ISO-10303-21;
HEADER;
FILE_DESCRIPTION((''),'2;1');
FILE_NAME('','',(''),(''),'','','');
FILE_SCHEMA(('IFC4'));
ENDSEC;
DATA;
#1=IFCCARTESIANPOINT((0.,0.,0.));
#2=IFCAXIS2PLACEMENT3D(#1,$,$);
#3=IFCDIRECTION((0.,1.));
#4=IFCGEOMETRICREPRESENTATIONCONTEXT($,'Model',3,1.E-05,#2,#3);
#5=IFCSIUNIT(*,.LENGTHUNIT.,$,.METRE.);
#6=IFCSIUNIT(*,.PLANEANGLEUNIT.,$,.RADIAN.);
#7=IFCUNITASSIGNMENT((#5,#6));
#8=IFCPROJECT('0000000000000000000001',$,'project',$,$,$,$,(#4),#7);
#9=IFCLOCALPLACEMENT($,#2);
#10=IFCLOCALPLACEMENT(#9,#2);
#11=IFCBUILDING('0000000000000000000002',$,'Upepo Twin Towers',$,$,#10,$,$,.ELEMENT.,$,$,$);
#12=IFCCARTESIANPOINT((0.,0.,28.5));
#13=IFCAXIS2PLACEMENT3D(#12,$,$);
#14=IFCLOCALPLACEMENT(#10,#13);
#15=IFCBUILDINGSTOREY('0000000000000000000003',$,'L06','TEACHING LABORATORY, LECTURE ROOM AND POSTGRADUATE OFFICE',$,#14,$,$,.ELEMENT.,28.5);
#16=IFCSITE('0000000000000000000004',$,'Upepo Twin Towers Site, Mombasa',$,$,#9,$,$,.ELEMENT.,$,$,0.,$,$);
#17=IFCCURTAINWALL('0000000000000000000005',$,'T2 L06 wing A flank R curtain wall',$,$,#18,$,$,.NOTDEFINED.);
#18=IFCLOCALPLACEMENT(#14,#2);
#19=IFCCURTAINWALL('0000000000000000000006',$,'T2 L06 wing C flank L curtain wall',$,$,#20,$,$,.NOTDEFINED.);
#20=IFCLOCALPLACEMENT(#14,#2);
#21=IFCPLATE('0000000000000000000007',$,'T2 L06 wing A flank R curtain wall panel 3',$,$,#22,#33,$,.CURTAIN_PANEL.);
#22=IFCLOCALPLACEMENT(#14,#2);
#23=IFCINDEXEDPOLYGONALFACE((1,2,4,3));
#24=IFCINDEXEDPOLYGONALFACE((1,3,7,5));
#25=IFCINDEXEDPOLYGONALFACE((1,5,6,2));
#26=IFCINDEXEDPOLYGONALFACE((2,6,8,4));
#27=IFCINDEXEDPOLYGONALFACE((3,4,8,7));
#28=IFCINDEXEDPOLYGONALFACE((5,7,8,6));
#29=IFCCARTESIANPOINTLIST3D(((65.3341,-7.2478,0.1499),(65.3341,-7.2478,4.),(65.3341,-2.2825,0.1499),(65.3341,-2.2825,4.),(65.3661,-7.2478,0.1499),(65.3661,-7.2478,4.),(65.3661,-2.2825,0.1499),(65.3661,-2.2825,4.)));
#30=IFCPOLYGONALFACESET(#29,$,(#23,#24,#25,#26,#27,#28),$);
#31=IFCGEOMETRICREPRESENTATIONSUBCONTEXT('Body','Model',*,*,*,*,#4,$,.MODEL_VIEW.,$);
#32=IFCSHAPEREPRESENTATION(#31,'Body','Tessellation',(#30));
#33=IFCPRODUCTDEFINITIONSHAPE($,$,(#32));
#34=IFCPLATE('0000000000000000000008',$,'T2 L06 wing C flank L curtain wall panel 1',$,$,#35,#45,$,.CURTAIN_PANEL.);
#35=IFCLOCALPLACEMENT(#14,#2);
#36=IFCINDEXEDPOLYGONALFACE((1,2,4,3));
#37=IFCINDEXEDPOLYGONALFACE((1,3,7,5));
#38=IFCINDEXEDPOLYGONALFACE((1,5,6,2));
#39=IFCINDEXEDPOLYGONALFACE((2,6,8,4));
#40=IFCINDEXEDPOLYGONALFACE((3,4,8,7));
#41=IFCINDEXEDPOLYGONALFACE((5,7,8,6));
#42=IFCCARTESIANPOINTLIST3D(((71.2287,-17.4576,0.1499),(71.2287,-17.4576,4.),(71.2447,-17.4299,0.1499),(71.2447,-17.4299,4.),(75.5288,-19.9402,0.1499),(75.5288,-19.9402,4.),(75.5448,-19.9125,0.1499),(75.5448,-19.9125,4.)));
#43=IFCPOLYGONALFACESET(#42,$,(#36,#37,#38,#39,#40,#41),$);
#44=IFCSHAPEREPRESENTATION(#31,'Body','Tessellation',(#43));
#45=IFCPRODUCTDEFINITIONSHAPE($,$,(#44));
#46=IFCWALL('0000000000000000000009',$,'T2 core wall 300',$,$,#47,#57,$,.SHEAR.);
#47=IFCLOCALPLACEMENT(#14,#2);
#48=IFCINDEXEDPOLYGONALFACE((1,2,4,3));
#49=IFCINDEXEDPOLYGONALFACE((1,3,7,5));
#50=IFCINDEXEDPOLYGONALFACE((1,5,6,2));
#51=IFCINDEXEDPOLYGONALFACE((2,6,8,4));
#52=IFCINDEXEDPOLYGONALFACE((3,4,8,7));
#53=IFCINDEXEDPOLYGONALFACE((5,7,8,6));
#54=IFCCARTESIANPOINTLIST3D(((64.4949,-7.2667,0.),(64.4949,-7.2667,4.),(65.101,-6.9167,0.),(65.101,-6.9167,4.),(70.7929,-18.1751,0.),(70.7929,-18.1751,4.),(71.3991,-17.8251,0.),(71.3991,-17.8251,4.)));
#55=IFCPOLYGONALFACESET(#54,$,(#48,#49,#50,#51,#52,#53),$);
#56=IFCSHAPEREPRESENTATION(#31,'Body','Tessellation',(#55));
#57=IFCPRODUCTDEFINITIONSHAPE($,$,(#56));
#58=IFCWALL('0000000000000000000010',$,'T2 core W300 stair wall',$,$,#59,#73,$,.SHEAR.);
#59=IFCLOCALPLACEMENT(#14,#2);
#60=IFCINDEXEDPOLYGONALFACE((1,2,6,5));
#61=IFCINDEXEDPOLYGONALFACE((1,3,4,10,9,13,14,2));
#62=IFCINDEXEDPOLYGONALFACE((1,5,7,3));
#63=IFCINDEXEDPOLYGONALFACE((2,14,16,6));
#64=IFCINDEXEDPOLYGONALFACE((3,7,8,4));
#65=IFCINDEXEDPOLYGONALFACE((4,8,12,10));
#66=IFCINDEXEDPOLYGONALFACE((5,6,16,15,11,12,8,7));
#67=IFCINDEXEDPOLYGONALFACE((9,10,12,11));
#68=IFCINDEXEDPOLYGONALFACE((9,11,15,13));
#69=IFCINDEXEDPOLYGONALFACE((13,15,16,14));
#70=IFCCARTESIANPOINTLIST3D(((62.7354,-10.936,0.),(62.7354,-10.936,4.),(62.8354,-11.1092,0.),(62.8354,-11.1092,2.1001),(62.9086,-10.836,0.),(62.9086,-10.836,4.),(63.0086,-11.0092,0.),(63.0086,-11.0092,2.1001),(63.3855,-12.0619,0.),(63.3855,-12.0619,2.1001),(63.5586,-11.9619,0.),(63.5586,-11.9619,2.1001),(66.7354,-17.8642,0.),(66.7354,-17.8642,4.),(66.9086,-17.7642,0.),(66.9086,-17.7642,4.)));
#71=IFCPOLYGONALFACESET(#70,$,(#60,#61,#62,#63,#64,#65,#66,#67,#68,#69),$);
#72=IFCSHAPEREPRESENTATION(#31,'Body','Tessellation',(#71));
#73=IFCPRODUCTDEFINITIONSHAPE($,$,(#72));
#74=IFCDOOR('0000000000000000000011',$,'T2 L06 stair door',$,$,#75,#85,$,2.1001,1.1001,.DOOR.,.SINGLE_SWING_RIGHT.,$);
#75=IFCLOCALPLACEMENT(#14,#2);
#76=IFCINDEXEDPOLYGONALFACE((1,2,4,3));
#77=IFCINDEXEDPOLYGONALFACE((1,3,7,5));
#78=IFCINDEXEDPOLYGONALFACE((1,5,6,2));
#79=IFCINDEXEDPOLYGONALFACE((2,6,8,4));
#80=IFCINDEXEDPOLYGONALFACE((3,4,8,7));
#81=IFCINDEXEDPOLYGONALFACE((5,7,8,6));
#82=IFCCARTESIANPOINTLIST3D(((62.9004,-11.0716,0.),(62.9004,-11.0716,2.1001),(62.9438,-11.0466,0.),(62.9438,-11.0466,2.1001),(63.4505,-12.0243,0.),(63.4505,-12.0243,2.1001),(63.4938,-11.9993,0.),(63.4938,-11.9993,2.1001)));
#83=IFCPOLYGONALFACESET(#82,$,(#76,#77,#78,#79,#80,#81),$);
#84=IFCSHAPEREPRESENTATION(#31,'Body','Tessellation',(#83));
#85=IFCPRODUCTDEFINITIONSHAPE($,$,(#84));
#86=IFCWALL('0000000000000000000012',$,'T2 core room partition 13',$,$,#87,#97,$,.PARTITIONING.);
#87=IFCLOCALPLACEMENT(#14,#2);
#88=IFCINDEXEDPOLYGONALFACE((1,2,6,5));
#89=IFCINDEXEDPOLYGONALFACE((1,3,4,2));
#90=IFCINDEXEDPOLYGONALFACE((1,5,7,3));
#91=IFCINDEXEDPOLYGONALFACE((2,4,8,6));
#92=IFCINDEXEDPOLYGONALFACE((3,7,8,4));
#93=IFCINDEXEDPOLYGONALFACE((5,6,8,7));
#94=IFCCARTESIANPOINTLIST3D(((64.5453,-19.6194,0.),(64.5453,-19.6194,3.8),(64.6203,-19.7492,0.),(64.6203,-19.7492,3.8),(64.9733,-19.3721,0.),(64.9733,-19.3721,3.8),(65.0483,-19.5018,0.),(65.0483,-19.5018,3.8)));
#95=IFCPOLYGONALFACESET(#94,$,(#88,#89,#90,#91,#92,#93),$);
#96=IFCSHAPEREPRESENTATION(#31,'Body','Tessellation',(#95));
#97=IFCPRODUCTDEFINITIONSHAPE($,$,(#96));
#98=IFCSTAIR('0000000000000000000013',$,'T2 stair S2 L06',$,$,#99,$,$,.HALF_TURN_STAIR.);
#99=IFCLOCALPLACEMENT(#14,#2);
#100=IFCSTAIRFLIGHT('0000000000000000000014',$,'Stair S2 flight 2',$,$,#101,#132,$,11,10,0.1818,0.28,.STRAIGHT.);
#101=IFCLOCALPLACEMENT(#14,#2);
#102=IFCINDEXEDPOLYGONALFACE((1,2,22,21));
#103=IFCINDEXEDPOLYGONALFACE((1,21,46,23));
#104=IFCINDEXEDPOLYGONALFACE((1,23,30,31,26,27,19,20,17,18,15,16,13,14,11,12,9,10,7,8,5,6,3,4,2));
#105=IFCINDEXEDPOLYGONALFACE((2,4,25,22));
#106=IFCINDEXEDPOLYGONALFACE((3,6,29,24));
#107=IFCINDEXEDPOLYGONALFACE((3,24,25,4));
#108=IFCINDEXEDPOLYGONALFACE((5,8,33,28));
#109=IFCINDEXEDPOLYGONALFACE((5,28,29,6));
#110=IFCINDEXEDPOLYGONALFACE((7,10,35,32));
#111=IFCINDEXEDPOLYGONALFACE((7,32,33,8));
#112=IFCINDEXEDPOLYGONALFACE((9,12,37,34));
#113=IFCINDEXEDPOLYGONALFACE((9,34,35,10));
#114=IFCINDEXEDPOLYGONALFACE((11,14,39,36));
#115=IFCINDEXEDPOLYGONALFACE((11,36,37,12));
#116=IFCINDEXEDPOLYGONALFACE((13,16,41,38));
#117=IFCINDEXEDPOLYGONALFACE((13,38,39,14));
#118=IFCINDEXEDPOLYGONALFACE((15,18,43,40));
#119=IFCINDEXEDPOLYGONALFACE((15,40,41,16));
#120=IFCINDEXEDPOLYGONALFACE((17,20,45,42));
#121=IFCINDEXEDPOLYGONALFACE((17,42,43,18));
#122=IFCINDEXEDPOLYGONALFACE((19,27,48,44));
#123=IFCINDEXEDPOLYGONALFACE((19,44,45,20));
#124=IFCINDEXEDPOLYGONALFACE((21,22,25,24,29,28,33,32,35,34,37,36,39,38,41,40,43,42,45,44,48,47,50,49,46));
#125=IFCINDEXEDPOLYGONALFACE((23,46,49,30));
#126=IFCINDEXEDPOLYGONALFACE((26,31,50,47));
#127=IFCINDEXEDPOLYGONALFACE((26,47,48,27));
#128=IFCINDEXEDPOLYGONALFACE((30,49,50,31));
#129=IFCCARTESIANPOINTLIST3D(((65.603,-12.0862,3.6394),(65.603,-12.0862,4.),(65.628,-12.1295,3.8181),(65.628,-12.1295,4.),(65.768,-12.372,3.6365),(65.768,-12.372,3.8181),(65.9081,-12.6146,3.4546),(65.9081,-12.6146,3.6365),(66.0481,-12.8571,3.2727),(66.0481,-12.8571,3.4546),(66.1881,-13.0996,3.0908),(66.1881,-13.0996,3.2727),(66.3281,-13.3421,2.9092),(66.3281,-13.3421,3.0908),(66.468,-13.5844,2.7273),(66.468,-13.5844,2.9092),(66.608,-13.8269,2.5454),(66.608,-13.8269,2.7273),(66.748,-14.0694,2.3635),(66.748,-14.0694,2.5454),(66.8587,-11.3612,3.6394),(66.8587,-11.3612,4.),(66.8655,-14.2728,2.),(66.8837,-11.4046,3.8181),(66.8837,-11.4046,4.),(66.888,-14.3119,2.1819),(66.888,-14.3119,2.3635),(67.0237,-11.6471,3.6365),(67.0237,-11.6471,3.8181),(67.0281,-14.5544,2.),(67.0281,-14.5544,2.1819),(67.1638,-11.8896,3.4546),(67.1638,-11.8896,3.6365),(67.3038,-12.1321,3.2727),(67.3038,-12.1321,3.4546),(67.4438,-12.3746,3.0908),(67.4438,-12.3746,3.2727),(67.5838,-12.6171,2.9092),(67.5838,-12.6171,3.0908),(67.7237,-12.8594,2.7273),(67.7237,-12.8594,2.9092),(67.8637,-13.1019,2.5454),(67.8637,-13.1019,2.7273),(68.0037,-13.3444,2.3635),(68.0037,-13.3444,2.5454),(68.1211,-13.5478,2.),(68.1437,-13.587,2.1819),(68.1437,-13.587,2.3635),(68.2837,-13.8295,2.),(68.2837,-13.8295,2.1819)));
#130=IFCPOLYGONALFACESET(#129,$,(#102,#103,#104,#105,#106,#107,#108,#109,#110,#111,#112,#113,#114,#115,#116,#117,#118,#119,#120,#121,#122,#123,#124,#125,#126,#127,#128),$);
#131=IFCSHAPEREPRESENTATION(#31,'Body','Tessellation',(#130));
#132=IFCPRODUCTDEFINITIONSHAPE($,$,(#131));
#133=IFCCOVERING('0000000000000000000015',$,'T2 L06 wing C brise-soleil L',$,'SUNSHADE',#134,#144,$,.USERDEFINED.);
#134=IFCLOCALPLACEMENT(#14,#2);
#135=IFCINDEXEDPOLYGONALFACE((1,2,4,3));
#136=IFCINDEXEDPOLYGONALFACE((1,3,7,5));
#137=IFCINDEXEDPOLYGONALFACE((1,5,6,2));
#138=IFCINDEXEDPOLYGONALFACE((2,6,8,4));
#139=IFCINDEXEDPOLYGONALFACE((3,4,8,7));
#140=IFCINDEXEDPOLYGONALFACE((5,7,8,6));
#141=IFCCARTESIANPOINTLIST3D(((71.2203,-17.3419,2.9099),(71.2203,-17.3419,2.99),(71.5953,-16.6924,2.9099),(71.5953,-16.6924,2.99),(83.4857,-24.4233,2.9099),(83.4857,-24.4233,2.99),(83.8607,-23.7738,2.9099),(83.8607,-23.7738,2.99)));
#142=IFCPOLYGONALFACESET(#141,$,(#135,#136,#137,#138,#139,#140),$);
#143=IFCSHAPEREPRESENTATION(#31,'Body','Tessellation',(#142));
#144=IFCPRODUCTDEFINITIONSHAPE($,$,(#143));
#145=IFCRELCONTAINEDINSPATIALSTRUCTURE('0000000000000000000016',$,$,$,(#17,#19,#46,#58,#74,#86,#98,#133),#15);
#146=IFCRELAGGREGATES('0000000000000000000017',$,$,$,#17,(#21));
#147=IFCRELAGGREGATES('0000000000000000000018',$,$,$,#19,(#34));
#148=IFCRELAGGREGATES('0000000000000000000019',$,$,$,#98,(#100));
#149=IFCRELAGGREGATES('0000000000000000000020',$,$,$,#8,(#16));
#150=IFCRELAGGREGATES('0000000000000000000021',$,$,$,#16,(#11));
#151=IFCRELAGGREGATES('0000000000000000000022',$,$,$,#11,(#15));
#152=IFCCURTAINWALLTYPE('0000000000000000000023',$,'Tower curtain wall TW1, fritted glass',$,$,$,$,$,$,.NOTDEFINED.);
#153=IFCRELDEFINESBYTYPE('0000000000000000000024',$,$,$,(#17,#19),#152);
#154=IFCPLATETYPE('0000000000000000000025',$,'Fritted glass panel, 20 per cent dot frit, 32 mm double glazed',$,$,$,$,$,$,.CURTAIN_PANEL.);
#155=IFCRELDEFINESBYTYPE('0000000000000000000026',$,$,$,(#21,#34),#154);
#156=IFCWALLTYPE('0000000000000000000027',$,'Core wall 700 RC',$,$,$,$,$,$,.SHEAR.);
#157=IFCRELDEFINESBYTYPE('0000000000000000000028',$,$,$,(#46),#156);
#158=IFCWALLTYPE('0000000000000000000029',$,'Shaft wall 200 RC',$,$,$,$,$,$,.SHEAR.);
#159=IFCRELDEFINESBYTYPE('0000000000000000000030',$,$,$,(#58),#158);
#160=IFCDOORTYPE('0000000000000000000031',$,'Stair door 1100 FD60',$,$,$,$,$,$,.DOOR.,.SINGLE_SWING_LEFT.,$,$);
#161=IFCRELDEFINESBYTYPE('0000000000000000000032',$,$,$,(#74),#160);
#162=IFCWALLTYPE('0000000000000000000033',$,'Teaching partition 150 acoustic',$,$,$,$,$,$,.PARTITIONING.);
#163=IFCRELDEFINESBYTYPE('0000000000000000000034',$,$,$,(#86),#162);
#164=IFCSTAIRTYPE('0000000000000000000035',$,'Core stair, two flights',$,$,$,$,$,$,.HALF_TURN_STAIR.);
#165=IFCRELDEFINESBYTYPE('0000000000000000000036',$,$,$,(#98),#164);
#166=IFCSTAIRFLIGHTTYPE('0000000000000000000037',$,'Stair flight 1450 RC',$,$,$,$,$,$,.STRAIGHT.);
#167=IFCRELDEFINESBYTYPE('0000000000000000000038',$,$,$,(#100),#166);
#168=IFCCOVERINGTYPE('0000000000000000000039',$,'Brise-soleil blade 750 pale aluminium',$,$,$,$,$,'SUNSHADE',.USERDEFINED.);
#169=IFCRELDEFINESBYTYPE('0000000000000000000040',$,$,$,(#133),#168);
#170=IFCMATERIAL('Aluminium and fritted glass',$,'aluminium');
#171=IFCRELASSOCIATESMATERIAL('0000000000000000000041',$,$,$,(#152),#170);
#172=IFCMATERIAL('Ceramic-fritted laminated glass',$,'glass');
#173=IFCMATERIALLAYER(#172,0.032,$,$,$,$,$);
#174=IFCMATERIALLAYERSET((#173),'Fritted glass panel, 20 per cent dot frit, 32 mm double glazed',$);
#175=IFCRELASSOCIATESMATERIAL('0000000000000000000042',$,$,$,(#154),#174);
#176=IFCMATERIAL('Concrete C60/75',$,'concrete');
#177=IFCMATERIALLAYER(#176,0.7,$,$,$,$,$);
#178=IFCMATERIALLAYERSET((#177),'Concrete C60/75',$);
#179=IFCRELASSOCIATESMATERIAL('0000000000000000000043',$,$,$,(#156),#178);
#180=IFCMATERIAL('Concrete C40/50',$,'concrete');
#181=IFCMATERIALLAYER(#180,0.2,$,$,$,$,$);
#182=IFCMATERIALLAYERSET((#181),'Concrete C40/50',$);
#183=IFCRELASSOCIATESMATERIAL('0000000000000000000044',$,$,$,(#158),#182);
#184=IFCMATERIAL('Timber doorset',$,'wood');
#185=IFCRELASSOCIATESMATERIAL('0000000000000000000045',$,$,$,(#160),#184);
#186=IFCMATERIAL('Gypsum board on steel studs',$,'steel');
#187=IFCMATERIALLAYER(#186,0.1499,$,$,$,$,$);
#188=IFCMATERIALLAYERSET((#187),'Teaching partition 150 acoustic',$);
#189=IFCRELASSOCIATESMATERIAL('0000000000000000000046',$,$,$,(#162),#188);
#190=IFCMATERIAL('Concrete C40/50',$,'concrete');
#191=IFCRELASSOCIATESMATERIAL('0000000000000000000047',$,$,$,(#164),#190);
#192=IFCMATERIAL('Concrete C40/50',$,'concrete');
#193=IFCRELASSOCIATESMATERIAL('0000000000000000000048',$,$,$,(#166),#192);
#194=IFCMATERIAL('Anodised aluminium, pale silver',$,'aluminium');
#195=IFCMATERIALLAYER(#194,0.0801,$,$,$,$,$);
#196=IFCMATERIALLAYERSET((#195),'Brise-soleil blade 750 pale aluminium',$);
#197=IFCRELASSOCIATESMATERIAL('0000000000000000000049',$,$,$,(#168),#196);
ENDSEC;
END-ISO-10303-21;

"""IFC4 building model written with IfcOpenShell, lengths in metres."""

from ifc_helpers import new_model, si_unit, direction, frame, frame_2d, origin, origin_2d, place, context, subcontext, project, spatial, polyline, rectangle, outline, extrude, material, layer, layer_set, type_object, element, fill, aggregate, save


model = new_model("IFC4")

# Units and contexts
model_context = context("Model", 3, precision=1e-05, world=origin(), true_north=direction((0.0, 1.0)))
body_context = subcontext(model_context, "Body", "Model", "MODEL_VIEW")
ifc_project = project(units=[si_unit("LENGTHUNIT", "METRE"), si_unit("PLANEANGLEUNIT", "RADIAN")], contexts=[model_context])

# Site, building, storey
site_placement = place(None, origin())
site = spatial("IfcSite", under=ifc_project, at=site_placement, Name="Upepo Twin Towers Site, Mombasa", CompositionType="ELEMENT", RefElevation=0.0)
building_placement = place(site_placement, origin())
building = spatial("IfcBuilding", under=site, at=building_placement, Name="Upepo Twin Towers", CompositionType="ELEMENT")
storey_placement = place(building_placement, frame((0.0, 0.0, 28.5)))
storey = spatial("IfcBuildingStorey", under=building, at=storey_placement, Name="L06", Description="TEACHING LABORATORY, LECTURE ROOM AND POSTGRADUATE OFFICE", CompositionType="ELEMENT", Elevation=28.5)

# Curtain wall
ifc_material_1 = material(Name="Aluminium and fritted glass", Category="aluminium")
curtain_wall_type = type_object("IfcCurtainWallType", Name="Tower curtain wall TW1, fritted glass", PredefinedType="NOTDEFINED", material=ifc_material_1)
curtain_wall_1_placement = place(storey_placement, origin())
curtain_wall_1 = element("IfcCurtainWall", 1, at=curtain_wall_1_placement, inside=storey, type_object=curtain_wall_type, Name="T2 L06 wing A flank R curtain wall", PredefinedType="NOTDEFINED")

# Curtain wall
curtain_wall_2_placement = place(storey_placement, origin())
curtain_wall_2 = element("IfcCurtainWall", 2, at=curtain_wall_2_placement, inside=storey, type_object=curtain_wall_type, Name="T2 L06 wing C flank L curtain wall", PredefinedType="NOTDEFINED")

# Plates
ifc_material_2 = material(Name="Ceramic-fritted laminated glass", Category="glass")
ifc_layer_1 = layer(ifc_material_2, 0.032)
ifc_layer_set_1 = layer_set([ifc_layer_1], Name="Fritted glass panel, 20 per cent dot frit, 32 mm double glazed")
plate_type = type_object("IfcPlateType", Name="Fritted glass panel, 20 per cent dot frit, 32 mm double glazed", PredefinedType="CURTAIN_PANEL", material=ifc_layer_set_1)
plate_1_placement = place(storey_placement, frame((65.3501, -4.7651, 0.1499), z_axis=(0.0, 0.0, 1.0), x_axis=(0.0, -1.0, 0.0)))
plate_1 = element("IfcPlate", 3, at=plate_1_placement, type_object=plate_type, Name="T2 L06 wing A flank R curtain wall panel 3", PredefinedType="CURTAIN_PANEL", context=body_context, shape_type="SweptSolid", body=[
    extrude(rectangle(XDim=4.9653, YDim=0.032, at=origin_2d()), origin(), (0.0, 0.0, 1.0), 3.8501),
])
aggregate(curtain_wall_1, [plate_1])
plate_2_placement = place(storey_placement, frame((73.3867, -18.6851, 0.1499), z_axis=(0.0, 0.0, 1.0), x_axis=(0.866025, -0.5, 0.0)))
plate_2 = element("IfcPlate", 4, at=plate_2_placement, type_object=plate_type, Name="T2 L06 wing C flank L curtain wall panel 1", PredefinedType="CURTAIN_PANEL", context=body_context, shape_type="SweptSolid", body=[
    extrude(rectangle(XDim=4.9653, YDim=0.032, at=origin_2d()), origin(), (0.0, 0.0, 1.0), 3.8501),
])
aggregate(curtain_wall_2, [plate_2])

# Wall
ifc_material_3 = material(Name="Concrete C60/75", Category="concrete")
ifc_layer_2 = layer(ifc_material_3, 0.7)
ifc_layer_set_2 = layer_set([ifc_layer_2], Name="Concrete C60/75")
wall_type_1 = type_object("IfcWallType", Name="Core wall 700 RC", PredefinedType="SHEAR", material=ifc_layer_set_2)
wall_1_placement = place(storey_placement, frame((71.0959, -18.0, 0.0), z_axis=(0.0, 0.0, 1.0), x_axis=(-0.500006, 0.866022, 0.0)))
element("IfcWall", 5, at=wall_1_placement, inside=storey, type_object=wall_type_1, Name="T2 core wall 300", PredefinedType="SHEAR", context=body_context, shape_type="SweptSolid", body=[
    extrude(rectangle(XDim=12.5959, YDim=0.7, at=frame_2d((6.2979, 0.0))), origin(), (0.0, 0.0, 1.0), 4.0),
])

# Wall, opening, door
ifc_material_4 = material(Name="Concrete C40/50", Category="concrete")
ifc_layer_3 = layer(ifc_material_4, 0.2)
ifc_layer_set_3 = layer_set([ifc_layer_3], Name="Concrete C40/50")
wall_type_2 = type_object("IfcWallType", Name="Shaft wall 200 RC", PredefinedType="SHEAR", material=ifc_layer_set_3)
wall_2_placement = place(storey_placement, frame((66.822, -17.8142, 0.0), z_axis=(0.0, 0.0, 1.0), x_axis=(-0.499999, 0.866026, 0.0)))
wall_2 = element("IfcWall", 6, at=wall_2_placement, inside=storey, type_object=wall_type_2, Name="T2 core W300 stair wall", PredefinedType="SHEAR", context=body_context, shape_type="SweptSolid", body=[
    extrude(rectangle(XDim=8.0, YDim=0.2, at=frame_2d((4.0, 0.0))), origin(), (0.0, 0.0, 1.0), 4.0),
])
opening_placement = place(wall_2_placement, frame((6.7, 0.0, 0.0)))
opening = element("IfcOpeningElement", 7, at=opening_placement, cuts=wall_2, PredefinedType="OPENING", context=body_context, shape_type="SweptSolid", body=[
    extrude(rectangle(XDim=1.1001, YDim=2.1001, at=frame_2d((0.55, 1.05))), frame((0.0, 0.1099, 0.0), z_axis=(0.0, -1.0, 0.0), x_axis=(1.0, 0.0, 0.0)), (0.0, 0.0, 1.0), 0.22),
])
ifc_material_5 = material(Name="Timber doorset", Category="wood")
door_type = type_object("IfcDoorType", Name="Stair door 1100 FD60", OperationType="SINGLE_SWING_LEFT", PredefinedType="DOOR", material=ifc_material_5)
door_placement = place(opening_placement, origin())
door = element("IfcDoor", 8, at=door_placement, inside=storey, type_object=door_type, Name="T2 L06 stair door", OperationType="SINGLE_SWING_RIGHT", OverallHeight=2.1001, OverallWidth=1.1001, PredefinedType="DOOR", context=body_context, shape_type="SweptSolid", body=[
    extrude(rectangle(XDim=1.1001, YDim=2.1001, at=frame_2d((0.55, 1.05))), frame((0.0, 0.0249, 0.0), z_axis=(0.0, -1.0, 0.0), x_axis=(1.0, 0.0, 0.0)), (0.0, 0.0, 1.0), 0.05),
])
fill(opening, door)

# Wall
ifc_material_6 = material(Name="Gypsum board on steel studs", Category="steel")
ifc_layer_4 = layer(ifc_material_6, 0.1499)
ifc_layer_set_4 = layer_set([ifc_layer_4], Name="Teaching partition 150 acoustic")
wall_type_3 = type_object("IfcWallType", Name="Teaching partition 150 acoustic", PredefinedType="PARTITIONING", material=ifc_layer_set_4)
wall_3_placement = place(storey_placement, frame((65.0107, -19.437, 0.0), z_axis=(0.0, 0.0, 1.0), x_axis=(-0.865832, -0.500335, 0.0)))
element("IfcWall", 9, at=wall_3_placement, inside=storey, type_object=wall_type_3, Name="T2 core room partition 13", PredefinedType="PARTITIONING", context=body_context, shape_type="SweptSolid", body=[
    extrude(rectangle(XDim=0.4944, YDim=0.1499, at=frame_2d((0.2471, 0.0))), origin(), (0.0, 0.0, 1.0), 3.8),
])

# Stair, stair flight
ifc_material_7 = material(Name="Concrete C40/50", Category="concrete")
stair_type = type_object("IfcStairType", Name="Core stair, two flights", PredefinedType="HALF_TURN_STAIR", material=ifc_material_7)
stair_placement = place(storey_placement, origin())
stair = element("IfcStair", 10, at=stair_placement, inside=storey, type_object=stair_type, Name="T2 stair S2 L06", PredefinedType="HALF_TURN_STAIR")
ifc_material_8 = material(Name="Concrete C40/50", Category="concrete")
stair_flight_type = type_object("IfcStairFlightType", Name="Stair flight 1450 RC", PredefinedType="STRAIGHT", material=ifc_material_8)
stair_flight_placement = place(storey_placement, frame((67.656, -14.1919, 2.0), z_axis=(0.0, 0.0, 1.0), x_axis=(-0.5, 0.866025, 0.0)))
stair_flight = element("IfcStairFlight", 11, at=stair_flight_placement, type_object=stair_flight_type, Name="Stair S2 flight 2", NumberOfRisers=11, NumberOfTreads=10, PredefinedType="STRAIGHT", RiserHeight=0.1818, TreadLength=0.28, context=body_context, shape_type="SweptSolid", body=[
    extrude(outline(polyline([(0.0, 0.0), (0.0, 0.1819), (0.28, 0.1819), (0.28, 0.3635), (0.5601, 0.3635), (0.5601, 0.5454), (0.8401, 0.5454), (0.8401, 0.7273), (1.1201, 0.7273), (1.1201, 0.9092), (1.3999, 0.9092), (1.3999, 1.0908), (1.6799, 1.0908), (1.6799, 1.2727), (1.96, 1.2727), (1.96, 1.4546), (2.24, 1.4546), (2.24, 1.6365), (2.52, 1.6365), (2.52, 1.8181), (2.8, 1.8181), (2.8, 2.0), (2.8501, 2.0), (2.8501, 1.6394), (0.3252, 0.0), (0.0, 0.0)])), frame((0.0, 0.7251, 0.0), z_axis=(0.0, -1.0, 0.0), x_axis=(1.0, 0.0, 0.0)), (0.0, 0.0, 1.0), 1.45),
])
aggregate(stair, [stair_flight])

# Covering
ifc_material_9 = material(Name="Anodised aluminium, pale silver", Category="aluminium")
ifc_layer_5 = layer(ifc_material_9, 0.0801)
ifc_layer_set_5 = layer_set([ifc_layer_5], Name="Brise-soleil blade 750 pale aluminium")
covering_type = type_object("IfcCoveringType", Name="Brise-soleil blade 750 pale aluminium", ElementType="SUNSHADE", PredefinedType="USERDEFINED", material=ifc_layer_set_5)
covering_placement = place(storey_placement, frame((77.5405, -20.5579, 2.9099), z_axis=(0.0, 0.0, 1.0), x_axis=(0.866025, -0.5, 0.0)))
element("IfcCovering", 12, at=covering_placement, inside=storey, type_object=covering_type, Name="T2 L06 wing C brise-soleil L", ObjectType="SUNSHADE", PredefinedType="USERDEFINED", context=body_context, shape_type="SweptSolid", body=[
    extrude(rectangle(XDim=14.1628, YDim=0.75, at=origin_2d()), origin(), (0.0, 0.0, 1.0), 0.0801),
])

save(model, "model.ifc")
